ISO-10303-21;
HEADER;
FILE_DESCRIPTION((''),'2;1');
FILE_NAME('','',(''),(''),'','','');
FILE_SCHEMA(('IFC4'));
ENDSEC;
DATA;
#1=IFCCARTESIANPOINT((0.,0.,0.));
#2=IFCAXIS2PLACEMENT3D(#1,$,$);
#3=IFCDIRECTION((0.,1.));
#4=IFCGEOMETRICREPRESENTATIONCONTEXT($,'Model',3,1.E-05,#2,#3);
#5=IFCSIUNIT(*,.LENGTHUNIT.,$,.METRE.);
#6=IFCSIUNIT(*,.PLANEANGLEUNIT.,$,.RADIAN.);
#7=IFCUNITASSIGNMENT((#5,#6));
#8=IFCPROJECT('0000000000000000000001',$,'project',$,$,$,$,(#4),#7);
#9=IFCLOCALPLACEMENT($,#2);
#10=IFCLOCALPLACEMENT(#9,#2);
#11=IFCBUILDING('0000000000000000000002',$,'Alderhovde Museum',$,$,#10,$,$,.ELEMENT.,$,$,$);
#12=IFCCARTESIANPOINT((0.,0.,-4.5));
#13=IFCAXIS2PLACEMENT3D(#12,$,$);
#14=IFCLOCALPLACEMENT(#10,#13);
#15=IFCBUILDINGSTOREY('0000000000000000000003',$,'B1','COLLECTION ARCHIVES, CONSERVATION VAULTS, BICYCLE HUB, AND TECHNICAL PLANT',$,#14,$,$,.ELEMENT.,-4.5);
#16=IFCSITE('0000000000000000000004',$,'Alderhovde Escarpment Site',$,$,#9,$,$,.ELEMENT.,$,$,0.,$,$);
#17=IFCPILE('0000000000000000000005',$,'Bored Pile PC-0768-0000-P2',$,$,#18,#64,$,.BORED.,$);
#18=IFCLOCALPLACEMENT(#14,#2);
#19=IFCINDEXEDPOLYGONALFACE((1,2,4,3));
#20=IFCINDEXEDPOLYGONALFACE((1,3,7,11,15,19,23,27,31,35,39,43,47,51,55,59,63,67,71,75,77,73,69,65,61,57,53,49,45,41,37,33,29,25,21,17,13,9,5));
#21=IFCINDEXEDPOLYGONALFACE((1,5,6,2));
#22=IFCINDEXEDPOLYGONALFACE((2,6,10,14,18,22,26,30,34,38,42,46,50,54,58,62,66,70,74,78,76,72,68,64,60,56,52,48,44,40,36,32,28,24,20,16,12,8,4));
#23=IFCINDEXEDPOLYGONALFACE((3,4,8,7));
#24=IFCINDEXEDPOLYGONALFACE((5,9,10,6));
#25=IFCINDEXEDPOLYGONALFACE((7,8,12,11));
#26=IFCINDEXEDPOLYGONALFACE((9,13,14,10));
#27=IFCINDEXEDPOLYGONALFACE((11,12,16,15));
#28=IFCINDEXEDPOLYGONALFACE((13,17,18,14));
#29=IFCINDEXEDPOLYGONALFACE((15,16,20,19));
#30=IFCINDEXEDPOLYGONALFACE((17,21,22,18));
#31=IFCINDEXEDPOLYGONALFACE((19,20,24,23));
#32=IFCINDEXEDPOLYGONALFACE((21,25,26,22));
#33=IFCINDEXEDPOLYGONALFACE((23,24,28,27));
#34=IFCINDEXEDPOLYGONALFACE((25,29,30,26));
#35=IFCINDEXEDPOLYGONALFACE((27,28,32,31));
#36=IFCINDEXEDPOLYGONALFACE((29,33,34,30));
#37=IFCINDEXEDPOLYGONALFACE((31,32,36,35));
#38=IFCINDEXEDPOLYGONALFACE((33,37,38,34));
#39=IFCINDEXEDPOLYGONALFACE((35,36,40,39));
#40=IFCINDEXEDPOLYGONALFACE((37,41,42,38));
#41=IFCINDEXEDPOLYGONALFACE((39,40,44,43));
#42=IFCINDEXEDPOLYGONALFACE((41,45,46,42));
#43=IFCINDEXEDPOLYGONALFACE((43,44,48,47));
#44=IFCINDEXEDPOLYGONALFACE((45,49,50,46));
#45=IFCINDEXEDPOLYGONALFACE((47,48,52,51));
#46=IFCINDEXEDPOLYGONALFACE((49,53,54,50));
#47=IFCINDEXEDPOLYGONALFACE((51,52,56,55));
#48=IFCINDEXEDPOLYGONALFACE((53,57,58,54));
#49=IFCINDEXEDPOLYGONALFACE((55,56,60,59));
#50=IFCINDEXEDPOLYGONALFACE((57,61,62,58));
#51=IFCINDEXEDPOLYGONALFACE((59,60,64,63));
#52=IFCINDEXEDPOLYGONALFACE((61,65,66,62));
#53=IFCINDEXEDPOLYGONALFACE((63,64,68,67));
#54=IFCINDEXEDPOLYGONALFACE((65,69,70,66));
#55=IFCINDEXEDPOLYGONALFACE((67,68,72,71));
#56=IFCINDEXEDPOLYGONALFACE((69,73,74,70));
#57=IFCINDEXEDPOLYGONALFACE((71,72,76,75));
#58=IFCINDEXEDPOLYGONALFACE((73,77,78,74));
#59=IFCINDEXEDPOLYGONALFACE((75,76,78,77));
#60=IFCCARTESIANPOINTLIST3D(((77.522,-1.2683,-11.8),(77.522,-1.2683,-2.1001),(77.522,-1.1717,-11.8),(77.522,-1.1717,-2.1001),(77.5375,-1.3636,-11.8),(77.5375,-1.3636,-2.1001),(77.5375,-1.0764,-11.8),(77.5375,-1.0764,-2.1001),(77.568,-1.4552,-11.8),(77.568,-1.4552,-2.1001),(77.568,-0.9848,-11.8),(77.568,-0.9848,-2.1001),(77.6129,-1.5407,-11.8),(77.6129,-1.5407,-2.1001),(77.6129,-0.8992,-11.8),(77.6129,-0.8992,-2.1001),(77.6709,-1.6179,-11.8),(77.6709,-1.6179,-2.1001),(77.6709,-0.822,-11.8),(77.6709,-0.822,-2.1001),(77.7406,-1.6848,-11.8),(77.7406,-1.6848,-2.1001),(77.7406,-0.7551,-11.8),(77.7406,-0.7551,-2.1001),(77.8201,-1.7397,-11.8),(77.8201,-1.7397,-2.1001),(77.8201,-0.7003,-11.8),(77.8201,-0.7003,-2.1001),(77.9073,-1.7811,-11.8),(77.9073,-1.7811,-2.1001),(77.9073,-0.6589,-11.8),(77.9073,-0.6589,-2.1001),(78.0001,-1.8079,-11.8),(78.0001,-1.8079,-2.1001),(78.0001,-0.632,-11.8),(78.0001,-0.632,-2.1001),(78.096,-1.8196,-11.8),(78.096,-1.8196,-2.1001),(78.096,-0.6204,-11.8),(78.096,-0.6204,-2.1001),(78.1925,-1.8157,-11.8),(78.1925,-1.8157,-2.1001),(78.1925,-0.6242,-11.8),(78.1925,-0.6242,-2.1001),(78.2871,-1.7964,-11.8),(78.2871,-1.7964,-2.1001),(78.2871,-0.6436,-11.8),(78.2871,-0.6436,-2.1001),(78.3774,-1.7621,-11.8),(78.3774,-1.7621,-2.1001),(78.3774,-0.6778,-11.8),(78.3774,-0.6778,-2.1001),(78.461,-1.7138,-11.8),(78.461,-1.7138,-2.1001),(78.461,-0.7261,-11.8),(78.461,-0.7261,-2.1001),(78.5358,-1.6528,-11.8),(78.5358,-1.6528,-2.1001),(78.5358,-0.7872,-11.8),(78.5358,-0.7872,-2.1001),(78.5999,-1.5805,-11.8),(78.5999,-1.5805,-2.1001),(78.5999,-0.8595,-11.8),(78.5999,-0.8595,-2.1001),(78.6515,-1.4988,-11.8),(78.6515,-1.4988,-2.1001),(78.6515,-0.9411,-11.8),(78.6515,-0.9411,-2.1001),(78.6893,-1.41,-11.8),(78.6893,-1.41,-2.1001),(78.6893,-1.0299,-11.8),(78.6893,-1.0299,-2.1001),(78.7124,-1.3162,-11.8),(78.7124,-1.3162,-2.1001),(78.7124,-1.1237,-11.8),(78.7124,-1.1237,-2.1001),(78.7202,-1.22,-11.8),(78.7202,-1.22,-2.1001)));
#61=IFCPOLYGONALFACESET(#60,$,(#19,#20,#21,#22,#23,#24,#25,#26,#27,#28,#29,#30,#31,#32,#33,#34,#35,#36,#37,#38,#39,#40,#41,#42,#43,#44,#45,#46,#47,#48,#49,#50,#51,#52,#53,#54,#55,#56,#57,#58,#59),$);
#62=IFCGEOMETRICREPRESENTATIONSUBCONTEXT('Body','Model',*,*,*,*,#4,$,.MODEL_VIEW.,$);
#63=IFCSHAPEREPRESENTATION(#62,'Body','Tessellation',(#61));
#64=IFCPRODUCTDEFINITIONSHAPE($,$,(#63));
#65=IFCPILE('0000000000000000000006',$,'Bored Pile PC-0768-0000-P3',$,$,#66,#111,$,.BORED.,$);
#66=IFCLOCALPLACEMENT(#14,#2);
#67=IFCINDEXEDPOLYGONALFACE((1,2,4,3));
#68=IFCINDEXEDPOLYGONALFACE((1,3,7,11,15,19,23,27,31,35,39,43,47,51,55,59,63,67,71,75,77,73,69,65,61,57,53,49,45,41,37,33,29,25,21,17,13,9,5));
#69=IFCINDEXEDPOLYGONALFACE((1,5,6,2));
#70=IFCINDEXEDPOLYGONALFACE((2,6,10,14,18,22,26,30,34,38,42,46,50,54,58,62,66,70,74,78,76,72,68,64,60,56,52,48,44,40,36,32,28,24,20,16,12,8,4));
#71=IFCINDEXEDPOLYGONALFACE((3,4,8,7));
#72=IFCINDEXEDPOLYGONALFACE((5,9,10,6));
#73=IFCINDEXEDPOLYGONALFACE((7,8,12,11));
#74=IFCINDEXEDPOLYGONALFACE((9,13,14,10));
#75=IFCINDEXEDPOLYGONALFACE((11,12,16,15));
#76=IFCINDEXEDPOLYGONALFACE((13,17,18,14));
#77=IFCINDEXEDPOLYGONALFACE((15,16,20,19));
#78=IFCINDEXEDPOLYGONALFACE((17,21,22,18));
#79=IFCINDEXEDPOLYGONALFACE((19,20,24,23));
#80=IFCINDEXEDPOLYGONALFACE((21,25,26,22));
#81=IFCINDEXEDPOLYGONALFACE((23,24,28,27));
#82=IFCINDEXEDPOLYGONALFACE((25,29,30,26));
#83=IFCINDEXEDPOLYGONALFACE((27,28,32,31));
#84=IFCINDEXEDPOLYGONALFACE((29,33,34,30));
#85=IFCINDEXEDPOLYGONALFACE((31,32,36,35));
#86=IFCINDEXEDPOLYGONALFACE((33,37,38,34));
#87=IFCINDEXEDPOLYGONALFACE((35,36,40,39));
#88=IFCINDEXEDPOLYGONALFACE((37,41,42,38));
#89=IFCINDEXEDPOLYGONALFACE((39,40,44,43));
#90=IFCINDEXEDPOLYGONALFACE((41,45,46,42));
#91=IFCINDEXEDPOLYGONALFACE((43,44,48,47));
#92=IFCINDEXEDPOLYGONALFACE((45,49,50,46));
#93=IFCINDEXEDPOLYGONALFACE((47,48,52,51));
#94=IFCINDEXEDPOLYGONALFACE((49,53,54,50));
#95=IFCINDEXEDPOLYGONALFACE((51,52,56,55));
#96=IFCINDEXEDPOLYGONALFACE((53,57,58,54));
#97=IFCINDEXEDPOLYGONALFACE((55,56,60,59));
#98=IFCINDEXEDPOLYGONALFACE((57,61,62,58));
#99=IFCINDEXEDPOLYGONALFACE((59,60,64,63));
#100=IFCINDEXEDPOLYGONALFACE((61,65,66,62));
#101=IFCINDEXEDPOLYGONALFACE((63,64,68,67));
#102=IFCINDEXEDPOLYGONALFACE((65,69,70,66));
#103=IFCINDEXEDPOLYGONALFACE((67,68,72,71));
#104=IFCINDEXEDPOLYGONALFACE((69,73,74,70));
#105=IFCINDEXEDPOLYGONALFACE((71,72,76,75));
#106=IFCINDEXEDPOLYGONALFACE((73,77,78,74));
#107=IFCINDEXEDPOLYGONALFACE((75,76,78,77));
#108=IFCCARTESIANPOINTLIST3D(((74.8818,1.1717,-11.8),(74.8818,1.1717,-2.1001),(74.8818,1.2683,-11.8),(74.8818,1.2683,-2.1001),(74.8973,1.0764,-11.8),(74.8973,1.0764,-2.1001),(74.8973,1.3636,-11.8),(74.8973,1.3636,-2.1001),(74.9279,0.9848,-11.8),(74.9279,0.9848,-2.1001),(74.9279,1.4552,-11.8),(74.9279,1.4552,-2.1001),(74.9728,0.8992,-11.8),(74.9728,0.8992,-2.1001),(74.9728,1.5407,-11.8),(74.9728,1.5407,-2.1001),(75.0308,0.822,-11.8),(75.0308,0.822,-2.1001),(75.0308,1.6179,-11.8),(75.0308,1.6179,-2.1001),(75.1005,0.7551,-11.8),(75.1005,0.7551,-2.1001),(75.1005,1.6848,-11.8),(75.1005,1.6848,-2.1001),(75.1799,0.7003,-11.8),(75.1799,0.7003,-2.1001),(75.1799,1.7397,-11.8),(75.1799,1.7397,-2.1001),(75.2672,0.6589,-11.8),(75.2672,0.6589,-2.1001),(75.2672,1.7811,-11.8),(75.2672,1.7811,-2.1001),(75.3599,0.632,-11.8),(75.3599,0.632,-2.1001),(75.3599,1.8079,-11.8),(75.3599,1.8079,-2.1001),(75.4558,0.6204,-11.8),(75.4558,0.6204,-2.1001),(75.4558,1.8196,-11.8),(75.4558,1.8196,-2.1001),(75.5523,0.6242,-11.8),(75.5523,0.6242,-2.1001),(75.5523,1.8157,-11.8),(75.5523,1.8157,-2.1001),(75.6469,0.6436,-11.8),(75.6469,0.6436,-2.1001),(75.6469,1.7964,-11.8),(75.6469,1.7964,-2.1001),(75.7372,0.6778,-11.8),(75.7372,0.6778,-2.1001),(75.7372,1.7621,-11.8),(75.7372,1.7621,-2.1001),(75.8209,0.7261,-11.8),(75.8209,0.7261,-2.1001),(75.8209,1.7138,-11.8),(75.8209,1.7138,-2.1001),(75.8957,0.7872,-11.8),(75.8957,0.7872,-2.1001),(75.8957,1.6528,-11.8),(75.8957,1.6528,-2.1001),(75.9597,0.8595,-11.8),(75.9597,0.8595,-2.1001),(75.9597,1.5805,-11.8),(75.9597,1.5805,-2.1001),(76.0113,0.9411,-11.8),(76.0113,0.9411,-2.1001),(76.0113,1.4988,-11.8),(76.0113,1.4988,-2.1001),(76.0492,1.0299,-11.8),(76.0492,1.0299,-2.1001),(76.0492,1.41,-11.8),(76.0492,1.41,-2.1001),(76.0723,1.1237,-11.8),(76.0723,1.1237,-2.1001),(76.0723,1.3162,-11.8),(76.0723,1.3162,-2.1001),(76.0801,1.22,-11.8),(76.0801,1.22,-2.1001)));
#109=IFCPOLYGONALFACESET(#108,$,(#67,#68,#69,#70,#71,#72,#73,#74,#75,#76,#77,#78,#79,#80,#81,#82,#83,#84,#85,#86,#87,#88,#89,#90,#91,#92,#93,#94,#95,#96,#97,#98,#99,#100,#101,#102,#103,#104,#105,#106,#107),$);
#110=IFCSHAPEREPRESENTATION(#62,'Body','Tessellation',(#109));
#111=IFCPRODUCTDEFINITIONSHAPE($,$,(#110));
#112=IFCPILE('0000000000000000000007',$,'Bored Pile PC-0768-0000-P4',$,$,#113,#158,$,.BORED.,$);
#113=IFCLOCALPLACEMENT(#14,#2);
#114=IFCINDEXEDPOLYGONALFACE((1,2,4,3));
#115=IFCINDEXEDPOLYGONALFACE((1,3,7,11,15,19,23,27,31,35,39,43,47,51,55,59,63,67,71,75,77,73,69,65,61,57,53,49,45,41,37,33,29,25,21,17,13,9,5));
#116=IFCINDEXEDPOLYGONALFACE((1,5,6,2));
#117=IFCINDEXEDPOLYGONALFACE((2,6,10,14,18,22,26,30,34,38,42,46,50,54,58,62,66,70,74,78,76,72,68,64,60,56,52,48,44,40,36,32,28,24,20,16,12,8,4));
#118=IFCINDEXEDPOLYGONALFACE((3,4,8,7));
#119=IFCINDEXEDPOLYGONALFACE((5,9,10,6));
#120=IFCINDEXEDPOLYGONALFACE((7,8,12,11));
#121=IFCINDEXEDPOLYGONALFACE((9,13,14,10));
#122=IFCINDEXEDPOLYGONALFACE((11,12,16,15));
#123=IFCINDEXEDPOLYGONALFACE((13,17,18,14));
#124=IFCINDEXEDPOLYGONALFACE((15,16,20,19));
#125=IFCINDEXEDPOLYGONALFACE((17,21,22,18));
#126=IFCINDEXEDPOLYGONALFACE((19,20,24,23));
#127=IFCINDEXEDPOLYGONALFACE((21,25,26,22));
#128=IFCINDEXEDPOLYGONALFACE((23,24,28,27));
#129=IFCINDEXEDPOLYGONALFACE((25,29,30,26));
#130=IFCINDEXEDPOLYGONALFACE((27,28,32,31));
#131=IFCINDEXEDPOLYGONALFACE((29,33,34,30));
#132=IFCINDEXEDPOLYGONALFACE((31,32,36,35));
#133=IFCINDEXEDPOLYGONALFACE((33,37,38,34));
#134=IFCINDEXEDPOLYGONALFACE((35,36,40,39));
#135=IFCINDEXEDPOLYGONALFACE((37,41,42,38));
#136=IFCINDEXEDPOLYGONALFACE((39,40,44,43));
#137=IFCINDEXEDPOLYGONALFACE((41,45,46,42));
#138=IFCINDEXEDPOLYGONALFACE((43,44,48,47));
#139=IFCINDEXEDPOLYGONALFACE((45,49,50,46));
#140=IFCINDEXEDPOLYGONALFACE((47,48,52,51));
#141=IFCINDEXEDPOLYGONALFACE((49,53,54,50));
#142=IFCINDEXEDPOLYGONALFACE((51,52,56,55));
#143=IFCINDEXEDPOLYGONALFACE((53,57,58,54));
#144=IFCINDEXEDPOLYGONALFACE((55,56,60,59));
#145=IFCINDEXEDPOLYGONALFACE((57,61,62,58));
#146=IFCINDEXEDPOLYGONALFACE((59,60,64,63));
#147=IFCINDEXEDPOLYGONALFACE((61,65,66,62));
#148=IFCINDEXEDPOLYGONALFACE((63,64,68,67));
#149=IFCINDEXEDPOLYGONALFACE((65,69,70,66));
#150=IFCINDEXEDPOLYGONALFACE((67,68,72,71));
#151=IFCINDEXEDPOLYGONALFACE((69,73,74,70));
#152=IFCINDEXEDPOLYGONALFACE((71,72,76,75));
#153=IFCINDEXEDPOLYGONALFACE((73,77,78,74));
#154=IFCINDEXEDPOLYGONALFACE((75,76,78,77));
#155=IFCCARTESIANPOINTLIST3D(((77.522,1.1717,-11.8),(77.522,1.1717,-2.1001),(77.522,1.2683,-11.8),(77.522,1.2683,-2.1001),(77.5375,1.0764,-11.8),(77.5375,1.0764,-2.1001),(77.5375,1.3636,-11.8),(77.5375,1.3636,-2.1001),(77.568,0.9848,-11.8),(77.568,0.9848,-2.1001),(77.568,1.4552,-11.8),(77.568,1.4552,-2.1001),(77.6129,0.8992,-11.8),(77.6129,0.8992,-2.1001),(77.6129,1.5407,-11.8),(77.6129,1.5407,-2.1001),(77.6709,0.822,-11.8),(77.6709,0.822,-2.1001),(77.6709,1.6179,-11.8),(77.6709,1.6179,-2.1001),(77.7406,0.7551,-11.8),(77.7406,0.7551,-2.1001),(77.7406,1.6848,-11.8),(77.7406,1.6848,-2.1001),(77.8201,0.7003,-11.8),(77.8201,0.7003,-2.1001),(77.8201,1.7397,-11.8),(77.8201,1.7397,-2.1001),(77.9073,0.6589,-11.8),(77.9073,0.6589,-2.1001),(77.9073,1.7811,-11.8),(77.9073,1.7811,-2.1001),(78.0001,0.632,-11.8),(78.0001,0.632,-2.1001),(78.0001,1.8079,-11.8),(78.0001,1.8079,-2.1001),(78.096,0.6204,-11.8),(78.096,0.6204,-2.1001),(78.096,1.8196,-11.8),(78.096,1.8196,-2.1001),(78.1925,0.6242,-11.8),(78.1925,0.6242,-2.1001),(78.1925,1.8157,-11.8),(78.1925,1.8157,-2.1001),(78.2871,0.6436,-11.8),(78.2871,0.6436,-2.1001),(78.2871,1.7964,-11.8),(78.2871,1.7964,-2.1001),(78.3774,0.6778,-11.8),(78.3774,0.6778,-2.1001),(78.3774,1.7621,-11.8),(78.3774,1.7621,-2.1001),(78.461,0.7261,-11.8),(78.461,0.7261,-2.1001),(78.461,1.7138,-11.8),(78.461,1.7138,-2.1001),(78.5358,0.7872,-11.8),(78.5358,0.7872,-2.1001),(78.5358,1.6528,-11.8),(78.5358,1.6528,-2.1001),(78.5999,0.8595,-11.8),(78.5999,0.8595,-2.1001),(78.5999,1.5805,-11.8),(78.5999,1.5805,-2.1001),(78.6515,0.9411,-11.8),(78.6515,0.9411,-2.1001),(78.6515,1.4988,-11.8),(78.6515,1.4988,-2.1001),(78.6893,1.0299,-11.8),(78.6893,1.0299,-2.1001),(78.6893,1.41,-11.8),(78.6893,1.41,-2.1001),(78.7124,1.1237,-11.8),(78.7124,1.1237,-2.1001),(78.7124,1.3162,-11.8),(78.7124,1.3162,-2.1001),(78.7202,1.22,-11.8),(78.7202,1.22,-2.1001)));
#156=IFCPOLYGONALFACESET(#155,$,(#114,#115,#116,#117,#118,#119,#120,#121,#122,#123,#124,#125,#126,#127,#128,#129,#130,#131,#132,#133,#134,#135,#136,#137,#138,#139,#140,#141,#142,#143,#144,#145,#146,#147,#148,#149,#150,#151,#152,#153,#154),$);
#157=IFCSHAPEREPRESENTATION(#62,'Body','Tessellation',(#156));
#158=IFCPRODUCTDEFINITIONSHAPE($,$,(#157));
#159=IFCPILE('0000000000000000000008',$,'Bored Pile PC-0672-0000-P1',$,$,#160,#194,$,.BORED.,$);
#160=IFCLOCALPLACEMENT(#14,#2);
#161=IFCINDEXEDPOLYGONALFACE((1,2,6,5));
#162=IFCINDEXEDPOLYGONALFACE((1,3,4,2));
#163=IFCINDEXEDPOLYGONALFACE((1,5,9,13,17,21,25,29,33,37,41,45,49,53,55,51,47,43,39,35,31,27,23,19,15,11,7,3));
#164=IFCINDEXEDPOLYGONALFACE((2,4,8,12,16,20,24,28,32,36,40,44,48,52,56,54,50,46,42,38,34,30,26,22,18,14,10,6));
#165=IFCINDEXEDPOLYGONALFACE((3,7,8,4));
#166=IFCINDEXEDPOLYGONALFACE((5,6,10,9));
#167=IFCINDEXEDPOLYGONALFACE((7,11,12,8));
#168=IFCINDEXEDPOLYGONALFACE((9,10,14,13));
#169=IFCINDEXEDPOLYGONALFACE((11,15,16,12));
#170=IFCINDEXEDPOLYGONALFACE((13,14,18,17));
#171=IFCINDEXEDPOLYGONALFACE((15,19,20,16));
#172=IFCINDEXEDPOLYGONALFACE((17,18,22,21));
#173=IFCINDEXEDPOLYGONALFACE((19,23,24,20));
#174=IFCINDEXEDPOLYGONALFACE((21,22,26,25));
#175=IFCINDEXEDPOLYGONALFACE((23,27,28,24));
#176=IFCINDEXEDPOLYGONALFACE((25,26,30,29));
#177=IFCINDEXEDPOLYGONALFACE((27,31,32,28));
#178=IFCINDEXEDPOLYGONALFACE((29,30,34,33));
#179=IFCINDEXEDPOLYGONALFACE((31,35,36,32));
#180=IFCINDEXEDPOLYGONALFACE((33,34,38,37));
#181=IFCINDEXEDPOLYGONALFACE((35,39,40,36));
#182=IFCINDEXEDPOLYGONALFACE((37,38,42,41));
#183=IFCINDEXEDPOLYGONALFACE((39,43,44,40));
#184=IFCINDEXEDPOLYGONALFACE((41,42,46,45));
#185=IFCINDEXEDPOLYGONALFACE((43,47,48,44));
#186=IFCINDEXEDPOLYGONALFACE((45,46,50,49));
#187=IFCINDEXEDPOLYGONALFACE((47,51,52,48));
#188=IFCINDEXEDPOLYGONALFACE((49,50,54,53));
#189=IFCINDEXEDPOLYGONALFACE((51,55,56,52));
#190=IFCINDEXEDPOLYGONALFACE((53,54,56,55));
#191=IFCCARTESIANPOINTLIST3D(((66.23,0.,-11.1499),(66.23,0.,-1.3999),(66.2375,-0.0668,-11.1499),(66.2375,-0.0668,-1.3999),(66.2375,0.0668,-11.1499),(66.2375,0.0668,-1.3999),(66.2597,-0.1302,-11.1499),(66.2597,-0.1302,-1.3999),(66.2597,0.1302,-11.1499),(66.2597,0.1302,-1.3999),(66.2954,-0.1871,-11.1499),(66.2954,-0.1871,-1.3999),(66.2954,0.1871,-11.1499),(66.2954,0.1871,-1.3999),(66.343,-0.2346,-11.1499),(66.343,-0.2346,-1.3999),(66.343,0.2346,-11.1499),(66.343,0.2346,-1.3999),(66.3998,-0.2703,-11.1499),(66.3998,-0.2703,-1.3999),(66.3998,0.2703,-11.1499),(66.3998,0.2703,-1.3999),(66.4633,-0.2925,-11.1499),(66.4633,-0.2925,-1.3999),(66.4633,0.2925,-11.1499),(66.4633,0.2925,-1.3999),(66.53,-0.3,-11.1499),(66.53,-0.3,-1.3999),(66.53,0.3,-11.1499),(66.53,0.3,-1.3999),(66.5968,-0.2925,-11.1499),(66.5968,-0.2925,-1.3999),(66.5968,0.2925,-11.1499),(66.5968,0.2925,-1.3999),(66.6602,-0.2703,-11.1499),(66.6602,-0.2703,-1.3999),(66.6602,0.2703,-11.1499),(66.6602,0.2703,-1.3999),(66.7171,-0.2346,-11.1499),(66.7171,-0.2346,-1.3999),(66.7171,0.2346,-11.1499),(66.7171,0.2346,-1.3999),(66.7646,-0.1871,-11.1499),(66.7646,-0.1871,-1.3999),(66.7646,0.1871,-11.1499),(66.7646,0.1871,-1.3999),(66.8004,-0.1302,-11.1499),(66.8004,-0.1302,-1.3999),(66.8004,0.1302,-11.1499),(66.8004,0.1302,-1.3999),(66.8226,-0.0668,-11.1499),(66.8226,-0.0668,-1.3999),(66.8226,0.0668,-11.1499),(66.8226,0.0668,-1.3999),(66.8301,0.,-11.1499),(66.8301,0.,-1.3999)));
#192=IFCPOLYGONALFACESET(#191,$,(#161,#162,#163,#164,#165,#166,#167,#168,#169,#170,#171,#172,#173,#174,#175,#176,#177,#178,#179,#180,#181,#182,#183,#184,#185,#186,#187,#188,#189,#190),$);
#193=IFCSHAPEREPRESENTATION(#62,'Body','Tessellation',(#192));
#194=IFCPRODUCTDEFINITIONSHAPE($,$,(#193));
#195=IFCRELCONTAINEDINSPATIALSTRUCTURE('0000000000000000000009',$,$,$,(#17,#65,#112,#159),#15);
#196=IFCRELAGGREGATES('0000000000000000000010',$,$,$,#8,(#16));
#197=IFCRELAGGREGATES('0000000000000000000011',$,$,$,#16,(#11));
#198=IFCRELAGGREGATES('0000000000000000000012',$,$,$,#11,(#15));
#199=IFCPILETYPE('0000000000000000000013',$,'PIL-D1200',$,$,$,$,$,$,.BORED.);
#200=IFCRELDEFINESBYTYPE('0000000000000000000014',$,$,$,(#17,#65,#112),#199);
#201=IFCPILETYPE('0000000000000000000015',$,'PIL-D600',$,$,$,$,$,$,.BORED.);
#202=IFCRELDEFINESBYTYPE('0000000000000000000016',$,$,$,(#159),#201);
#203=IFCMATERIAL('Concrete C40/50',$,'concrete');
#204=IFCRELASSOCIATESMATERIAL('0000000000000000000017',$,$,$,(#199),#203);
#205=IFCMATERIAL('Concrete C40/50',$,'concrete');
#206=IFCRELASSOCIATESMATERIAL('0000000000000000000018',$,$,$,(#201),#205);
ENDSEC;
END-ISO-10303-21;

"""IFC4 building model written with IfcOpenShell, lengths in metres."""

from ifc_helpers import new_model, si_unit, direction, frame, origin, origin_2d, place, context, subcontext, project, spatial, circle, extrude, material, material_profile, profile_set, type_object, element, save


model = new_model("IFC4")

# Units and contexts
model_context = context("Model", 3, precision=1e-05, world=origin(), true_north=direction((0.0, 1.0)))
body_context = subcontext(model_context, "Body", "Model", "MODEL_VIEW")
ifc_project = project(units=[si_unit("LENGTHUNIT", "METRE"), si_unit("PLANEANGLEUNIT", "RADIAN")], contexts=[model_context])

# Site, building, storey
site_placement = place(None, origin())
site = spatial("IfcSite", under=ifc_project, at=site_placement, Name="Alderhovde Escarpment Site", CompositionType="ELEMENT", RefElevation=0.0)
building_placement = place(site_placement, origin())
building = spatial("IfcBuilding", under=site, at=building_placement, Name="Alderhovde Museum", CompositionType="ELEMENT")
storey_placement = place(building_placement, frame((0.0, 0.0, -4.5)))
storey = spatial("IfcBuildingStorey", under=building, at=storey_placement, Name="B1", Description="COLLECTION ARCHIVES, CONSERVATION VAULTS, BICYCLE HUB, AND TECHNICAL PLANT", CompositionType="ELEMENT", Elevation=-4.5)

# Piles
ifc_material_1 = material(Name="Concrete C40/50", Category="concrete")
ifc_material_profile_1 = material_profile(ifc_material_1, circle(Radius=0.6001, at=origin_2d()), Name="PILE-D1200")
ifc_profile_set_1 = profile_set([ifc_material_profile_1], Name="Concrete C40/50")
pile_type_1 = type_object("IfcPileType", Name="PIL-D1200", PredefinedType="BORED", material=ifc_profile_set_1)
for number, where, z_axis, x_axis, name in (
    (1, (78.1201, -1.22, -2.1001), (0.0, 0.0, -1.0), (1.0, 0.0, 0.0), "Bored Pile PC-0768-0000-P2"),
    (2, (75.48, 1.22, -2.1001), (0.0, 0.0, -1.0), (1.0, 0.0, 0.0), "Bored Pile PC-0768-0000-P3"),
    (3, (78.1201, 1.22, -2.1001), (0.0, 0.0, -1.0), (1.0, 0.0, 0.0), "Bored Pile PC-0768-0000-P4"),
):
    element("IfcPile", number, at=place(storey_placement, frame(where, z_axis=z_axis, x_axis=x_axis)), inside=storey, type_object=pile_type_1, Name=name, PredefinedType="BORED", context=body_context, shape_type="SweptSolid", body=[
        extrude(circle(Radius=0.6001, at=origin_2d()), origin(), (0.0, 0.0, 1.0), 9.7),
    ])
ifc_material_2 = material(Name="Concrete C40/50", Category="concrete")
ifc_material_profile_2 = material_profile(ifc_material_2, circle(Radius=0.3, at=origin_2d()), Name="PILE-D600")
ifc_profile_set_2 = profile_set([ifc_material_profile_2], Name="Concrete C40/50")
pile_type_2 = type_object("IfcPileType", Name="PIL-D600", PredefinedType="BORED", material=ifc_profile_set_2)
for number, where, z_axis, x_axis, name in (
    (4, (66.53, 0.0, -1.3999), (0.0, 0.0, -1.0), (1.0, 0.0, 0.0), "Bored Pile PC-0672-0000-P1"),
):
    element("IfcPile", number, at=place(storey_placement, frame(where, z_axis=z_axis, x_axis=x_axis)), inside=storey, type_object=pile_type_2, Name=name, PredefinedType="BORED", context=body_context, shape_type="SweptSolid", body=[
        extrude(circle(Radius=0.3, at=origin_2d()), origin(), (0.0, 0.0, 1.0), 9.75),
    ])

save(model, "model.ifc")
